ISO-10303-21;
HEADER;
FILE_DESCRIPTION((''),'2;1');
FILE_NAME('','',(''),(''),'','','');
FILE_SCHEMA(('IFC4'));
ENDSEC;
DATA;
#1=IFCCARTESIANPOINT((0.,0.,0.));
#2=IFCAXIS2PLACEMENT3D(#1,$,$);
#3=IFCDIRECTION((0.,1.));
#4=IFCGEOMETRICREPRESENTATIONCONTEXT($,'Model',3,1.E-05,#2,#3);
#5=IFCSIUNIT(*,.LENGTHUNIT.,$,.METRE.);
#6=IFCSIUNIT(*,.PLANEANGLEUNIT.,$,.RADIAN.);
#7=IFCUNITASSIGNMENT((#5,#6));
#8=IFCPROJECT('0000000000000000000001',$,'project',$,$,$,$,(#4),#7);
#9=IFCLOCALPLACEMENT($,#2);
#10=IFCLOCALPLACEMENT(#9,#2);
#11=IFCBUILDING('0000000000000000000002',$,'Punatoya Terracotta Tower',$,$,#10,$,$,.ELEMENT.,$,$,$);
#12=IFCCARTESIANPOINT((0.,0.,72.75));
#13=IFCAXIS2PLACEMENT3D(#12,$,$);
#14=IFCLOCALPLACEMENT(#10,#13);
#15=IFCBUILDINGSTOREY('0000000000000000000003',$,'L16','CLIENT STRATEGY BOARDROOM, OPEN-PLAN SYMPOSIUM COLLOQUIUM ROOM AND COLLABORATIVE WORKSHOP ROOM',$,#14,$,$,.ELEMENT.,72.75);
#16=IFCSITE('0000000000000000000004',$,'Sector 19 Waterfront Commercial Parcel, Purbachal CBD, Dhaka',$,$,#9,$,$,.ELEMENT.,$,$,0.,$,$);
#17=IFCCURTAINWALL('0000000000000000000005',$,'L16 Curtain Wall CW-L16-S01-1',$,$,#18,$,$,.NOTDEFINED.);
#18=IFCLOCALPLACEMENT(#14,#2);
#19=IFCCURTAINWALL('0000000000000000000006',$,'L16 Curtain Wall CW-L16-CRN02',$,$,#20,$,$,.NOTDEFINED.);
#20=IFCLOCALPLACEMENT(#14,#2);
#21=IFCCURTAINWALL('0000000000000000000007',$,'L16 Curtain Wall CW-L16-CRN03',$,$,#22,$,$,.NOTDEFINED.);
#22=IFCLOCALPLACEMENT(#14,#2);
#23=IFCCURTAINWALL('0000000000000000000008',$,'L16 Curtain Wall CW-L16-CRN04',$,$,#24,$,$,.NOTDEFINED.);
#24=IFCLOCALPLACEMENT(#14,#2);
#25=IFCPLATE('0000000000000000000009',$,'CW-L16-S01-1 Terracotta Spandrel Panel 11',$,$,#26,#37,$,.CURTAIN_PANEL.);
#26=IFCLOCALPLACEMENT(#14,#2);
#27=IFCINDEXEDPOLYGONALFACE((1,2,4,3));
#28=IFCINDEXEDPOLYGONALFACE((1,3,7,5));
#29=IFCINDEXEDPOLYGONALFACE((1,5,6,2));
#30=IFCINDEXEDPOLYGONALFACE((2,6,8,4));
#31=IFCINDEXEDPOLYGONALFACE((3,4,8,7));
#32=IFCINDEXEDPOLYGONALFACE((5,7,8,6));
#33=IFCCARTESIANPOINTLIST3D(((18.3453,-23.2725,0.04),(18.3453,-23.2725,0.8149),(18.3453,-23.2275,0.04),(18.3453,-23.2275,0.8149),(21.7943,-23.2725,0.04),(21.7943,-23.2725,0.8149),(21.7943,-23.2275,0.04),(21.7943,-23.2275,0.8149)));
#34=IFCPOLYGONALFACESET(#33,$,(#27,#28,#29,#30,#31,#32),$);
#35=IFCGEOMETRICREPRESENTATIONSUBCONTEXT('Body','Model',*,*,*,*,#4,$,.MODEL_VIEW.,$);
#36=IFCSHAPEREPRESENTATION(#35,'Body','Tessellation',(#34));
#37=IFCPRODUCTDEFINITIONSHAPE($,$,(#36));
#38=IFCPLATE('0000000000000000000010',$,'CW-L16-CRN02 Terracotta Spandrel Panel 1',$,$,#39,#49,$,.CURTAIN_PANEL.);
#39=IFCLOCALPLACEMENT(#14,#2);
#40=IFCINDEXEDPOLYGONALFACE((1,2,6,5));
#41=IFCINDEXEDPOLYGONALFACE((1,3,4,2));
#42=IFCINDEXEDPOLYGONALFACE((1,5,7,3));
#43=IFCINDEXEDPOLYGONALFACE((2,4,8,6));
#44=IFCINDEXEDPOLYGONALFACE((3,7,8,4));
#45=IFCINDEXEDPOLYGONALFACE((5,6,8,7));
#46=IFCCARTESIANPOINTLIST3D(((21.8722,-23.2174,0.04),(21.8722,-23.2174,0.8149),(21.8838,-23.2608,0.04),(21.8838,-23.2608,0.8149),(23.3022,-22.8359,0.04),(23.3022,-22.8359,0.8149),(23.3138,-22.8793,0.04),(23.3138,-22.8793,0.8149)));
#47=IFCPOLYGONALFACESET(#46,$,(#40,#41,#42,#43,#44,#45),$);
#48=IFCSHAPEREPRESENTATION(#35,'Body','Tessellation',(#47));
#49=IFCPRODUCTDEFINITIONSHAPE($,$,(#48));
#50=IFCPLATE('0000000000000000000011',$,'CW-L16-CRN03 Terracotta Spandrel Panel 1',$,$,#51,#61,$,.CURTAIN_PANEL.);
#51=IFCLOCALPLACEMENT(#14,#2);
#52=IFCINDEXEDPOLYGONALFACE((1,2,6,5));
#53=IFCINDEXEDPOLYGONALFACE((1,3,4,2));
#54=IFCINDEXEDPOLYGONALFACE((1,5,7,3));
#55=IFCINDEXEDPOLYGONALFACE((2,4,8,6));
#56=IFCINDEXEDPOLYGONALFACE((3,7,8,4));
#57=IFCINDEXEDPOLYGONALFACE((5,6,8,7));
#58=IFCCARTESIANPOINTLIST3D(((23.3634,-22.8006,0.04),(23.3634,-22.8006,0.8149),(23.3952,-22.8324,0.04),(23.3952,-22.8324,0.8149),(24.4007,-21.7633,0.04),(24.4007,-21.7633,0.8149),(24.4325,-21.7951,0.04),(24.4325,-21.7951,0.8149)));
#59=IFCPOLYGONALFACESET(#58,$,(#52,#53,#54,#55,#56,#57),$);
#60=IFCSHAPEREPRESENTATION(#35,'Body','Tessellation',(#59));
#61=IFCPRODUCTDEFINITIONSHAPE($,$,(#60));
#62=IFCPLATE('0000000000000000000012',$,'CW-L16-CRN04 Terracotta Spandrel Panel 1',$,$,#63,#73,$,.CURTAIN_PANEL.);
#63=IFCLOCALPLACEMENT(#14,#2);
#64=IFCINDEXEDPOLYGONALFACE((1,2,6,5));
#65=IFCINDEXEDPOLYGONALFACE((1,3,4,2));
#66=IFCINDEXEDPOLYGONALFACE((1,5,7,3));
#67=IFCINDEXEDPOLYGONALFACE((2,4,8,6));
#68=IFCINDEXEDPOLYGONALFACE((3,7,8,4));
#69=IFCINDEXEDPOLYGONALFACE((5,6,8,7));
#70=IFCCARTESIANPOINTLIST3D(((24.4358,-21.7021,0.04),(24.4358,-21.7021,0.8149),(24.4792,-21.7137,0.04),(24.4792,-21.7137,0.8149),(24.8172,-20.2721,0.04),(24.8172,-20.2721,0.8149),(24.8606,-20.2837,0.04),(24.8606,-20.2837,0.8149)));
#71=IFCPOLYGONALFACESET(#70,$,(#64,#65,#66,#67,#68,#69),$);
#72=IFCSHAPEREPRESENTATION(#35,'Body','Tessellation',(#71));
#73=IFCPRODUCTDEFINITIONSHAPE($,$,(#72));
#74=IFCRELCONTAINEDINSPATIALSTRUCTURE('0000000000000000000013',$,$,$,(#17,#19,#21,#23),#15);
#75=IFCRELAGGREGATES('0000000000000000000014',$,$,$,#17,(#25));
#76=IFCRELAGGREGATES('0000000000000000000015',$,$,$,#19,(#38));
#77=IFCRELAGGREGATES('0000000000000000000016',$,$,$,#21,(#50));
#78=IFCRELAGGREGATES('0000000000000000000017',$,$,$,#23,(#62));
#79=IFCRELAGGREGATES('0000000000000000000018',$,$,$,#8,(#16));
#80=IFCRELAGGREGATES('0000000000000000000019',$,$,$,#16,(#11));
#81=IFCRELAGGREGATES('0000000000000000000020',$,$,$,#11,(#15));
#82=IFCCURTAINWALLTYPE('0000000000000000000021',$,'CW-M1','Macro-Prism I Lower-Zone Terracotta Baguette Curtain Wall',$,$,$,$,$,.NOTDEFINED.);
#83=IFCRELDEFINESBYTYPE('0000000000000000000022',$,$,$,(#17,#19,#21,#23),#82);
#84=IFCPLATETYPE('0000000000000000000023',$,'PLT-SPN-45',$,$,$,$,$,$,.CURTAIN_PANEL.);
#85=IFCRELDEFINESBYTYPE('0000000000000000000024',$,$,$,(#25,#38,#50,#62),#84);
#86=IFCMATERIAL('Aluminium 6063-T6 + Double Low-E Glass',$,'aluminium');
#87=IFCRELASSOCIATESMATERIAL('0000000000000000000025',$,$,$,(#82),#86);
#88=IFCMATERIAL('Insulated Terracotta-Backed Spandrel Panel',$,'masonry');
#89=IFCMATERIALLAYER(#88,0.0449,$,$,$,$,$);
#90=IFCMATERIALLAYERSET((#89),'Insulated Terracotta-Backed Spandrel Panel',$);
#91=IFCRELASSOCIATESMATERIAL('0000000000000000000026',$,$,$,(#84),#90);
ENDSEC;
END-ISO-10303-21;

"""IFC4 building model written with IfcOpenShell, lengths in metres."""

from ifc_helpers import new_model, si_unit, direction, frame, origin, origin_2d, place, context, subcontext, project, spatial, rectangle, extrude, material, layer, layer_set, type_object, element, aggregate, save


model = new_model("IFC4")

# Units and contexts
model_context = context("Model", 3, precision=1e-05, world=origin(), true_north=direction((0.0, 1.0)))
body_context = subcontext(model_context, "Body", "Model", "MODEL_VIEW")
ifc_project = project(units=[si_unit("LENGTHUNIT", "METRE"), si_unit("PLANEANGLEUNIT", "RADIAN")], contexts=[model_context])

# Site, building, storey
site_placement = place(None, origin())
site = spatial("IfcSite", under=ifc_project, at=site_placement, Name="Sector 19 Waterfront Commercial Parcel, Purbachal CBD, Dhaka", CompositionType="ELEMENT", RefElevation=0.0)
building_placement = place(site_placement, origin())
building = spatial("IfcBuilding", under=site, at=building_placement, Name="Punatoya Terracotta Tower", CompositionType="ELEMENT")
storey_placement = place(building_placement, frame((0.0, 0.0, 72.75)))
storey = spatial("IfcBuildingStorey", under=building, at=storey_placement, Name="L16", Description="CLIENT STRATEGY BOARDROOM, OPEN-PLAN SYMPOSIUM COLLOQUIUM ROOM AND COLLABORATIVE WORKSHOP ROOM", CompositionType="ELEMENT", Elevation=72.75)

# Curtain wall
ifc_material_1 = material(Name="Aluminium 6063-T6 + Double Low-E Glass", Category="aluminium")
curtain_wall_type = type_object("IfcCurtainWallType", Name="CW-M1", Description="Macro-Prism I Lower-Zone Terracotta Baguette Curtain Wall", PredefinedType="NOTDEFINED", material=ifc_material_1)
curtain_wall_1_placement = place(storey_placement, origin())
curtain_wall_1 = element("IfcCurtainWall", 1, at=curtain_wall_1_placement, inside=storey, type_object=curtain_wall_type, Name="L16 Curtain Wall CW-L16-S01-1", PredefinedType="NOTDEFINED")

# Curtain walls
curtain_wall_2_placement = place(storey_placement, origin())
curtain_wall_2 = element("IfcCurtainWall", 2, at=curtain_wall_2_placement, inside=storey, type_object=curtain_wall_type, Name="L16 Curtain Wall CW-L16-CRN02", PredefinedType="NOTDEFINED")
curtain_wall_3_placement = place(storey_placement, origin())
curtain_wall_3 = element("IfcCurtainWall", 3, at=curtain_wall_3_placement, inside=storey, type_object=curtain_wall_type, Name="L16 Curtain Wall CW-L16-CRN03", PredefinedType="NOTDEFINED")
curtain_wall_4_placement = place(storey_placement, origin())
curtain_wall_4 = element("IfcCurtainWall", 4, at=curtain_wall_4_placement, inside=storey, type_object=curtain_wall_type, Name="L16 Curtain Wall CW-L16-CRN04", PredefinedType="NOTDEFINED")

# Plates
ifc_material_2 = material(Name="Insulated Terracotta-Backed Spandrel Panel", Category="masonry")
ifc_layer_1 = layer(ifc_material_2, 0.0449)
ifc_layer_set_1 = layer_set([ifc_layer_1], Name="Insulated Terracotta-Backed Spandrel Panel")
plate_type_1 = type_object("IfcPlateType", Name="PLT-SPN-45", PredefinedType="CURTAIN_PANEL", material=ifc_layer_set_1)
plate_1_placement = place(storey_placement, frame((20.0698, -23.25, 0.04), z_axis=(0.0, 0.0, 1.0), x_axis=(1.0, 0.0, 0.0)))
plate_1 = element("IfcPlate", 5, at=plate_1_placement, type_object=plate_type_1, Name="CW-L16-S01-1 Terracotta Spandrel Panel 11", PredefinedType="CURTAIN_PANEL", context=body_context, shape_type="SweptSolid", body=[
    extrude(rectangle(XDim=3.449, YDim=0.0449, at=origin_2d()), origin(), (0.0, 0.0, 1.0), 0.7749),
])
aggregate(curtain_wall_1, [plate_1])
plate_2_placement = place(storey_placement, frame((22.593, -23.0483, 0.04), z_axis=(0.0, 0.0, 1.0), x_axis=(0.966214, 0.257742, 0.0)))
plate_2 = element("IfcPlate", 6, at=plate_2_placement, type_object=plate_type_1, Name="CW-L16-CRN02 Terracotta Spandrel Panel 1", PredefinedType="CURTAIN_PANEL", context=body_context, shape_type="SweptSolid", body=[
    extrude(rectangle(XDim=1.48, YDim=0.0449, at=origin_2d()), origin(), (0.0, 0.0, 1.0), 0.7749),
])
aggregate(curtain_wall_2, [plate_2])
plate_3_placement = place(storey_placement, frame((23.8979, -22.2979, 0.04), z_axis=(0.0, 0.0, 1.0), x_axis=(0.707107, 0.707107, 0.0)))
plate_3 = element("IfcPlate", 7, at=plate_3_placement, type_object=plate_type_1, Name="CW-L16-CRN03 Terracotta Spandrel Panel 1", PredefinedType="CURTAIN_PANEL", context=body_context, shape_type="SweptSolid", body=[
    extrude(rectangle(XDim=1.467, YDim=0.0449, at=origin_2d()), origin(), (0.0, 0.0, 1.0), 0.7749),
])
aggregate(curtain_wall_3, [plate_3])
plate_4_placement = place(storey_placement, frame((24.6482, -20.9929, 0.04), z_axis=(0.0, 0.0, 1.0), x_axis=(0.257742, 0.966214, 0.0)))
plate_4 = element("IfcPlate", 8, at=plate_4_placement, type_object=plate_type_1, Name="CW-L16-CRN04 Terracotta Spandrel Panel 1", PredefinedType="CURTAIN_PANEL", context=body_context, shape_type="SweptSolid", body=[
    extrude(rectangle(XDim=1.48, YDim=0.0449, at=origin_2d()), origin(), (0.0, 0.0, 1.0), 0.7749),
])
aggregate(curtain_wall_4, [plate_4])

save(model, "model.ifc")
